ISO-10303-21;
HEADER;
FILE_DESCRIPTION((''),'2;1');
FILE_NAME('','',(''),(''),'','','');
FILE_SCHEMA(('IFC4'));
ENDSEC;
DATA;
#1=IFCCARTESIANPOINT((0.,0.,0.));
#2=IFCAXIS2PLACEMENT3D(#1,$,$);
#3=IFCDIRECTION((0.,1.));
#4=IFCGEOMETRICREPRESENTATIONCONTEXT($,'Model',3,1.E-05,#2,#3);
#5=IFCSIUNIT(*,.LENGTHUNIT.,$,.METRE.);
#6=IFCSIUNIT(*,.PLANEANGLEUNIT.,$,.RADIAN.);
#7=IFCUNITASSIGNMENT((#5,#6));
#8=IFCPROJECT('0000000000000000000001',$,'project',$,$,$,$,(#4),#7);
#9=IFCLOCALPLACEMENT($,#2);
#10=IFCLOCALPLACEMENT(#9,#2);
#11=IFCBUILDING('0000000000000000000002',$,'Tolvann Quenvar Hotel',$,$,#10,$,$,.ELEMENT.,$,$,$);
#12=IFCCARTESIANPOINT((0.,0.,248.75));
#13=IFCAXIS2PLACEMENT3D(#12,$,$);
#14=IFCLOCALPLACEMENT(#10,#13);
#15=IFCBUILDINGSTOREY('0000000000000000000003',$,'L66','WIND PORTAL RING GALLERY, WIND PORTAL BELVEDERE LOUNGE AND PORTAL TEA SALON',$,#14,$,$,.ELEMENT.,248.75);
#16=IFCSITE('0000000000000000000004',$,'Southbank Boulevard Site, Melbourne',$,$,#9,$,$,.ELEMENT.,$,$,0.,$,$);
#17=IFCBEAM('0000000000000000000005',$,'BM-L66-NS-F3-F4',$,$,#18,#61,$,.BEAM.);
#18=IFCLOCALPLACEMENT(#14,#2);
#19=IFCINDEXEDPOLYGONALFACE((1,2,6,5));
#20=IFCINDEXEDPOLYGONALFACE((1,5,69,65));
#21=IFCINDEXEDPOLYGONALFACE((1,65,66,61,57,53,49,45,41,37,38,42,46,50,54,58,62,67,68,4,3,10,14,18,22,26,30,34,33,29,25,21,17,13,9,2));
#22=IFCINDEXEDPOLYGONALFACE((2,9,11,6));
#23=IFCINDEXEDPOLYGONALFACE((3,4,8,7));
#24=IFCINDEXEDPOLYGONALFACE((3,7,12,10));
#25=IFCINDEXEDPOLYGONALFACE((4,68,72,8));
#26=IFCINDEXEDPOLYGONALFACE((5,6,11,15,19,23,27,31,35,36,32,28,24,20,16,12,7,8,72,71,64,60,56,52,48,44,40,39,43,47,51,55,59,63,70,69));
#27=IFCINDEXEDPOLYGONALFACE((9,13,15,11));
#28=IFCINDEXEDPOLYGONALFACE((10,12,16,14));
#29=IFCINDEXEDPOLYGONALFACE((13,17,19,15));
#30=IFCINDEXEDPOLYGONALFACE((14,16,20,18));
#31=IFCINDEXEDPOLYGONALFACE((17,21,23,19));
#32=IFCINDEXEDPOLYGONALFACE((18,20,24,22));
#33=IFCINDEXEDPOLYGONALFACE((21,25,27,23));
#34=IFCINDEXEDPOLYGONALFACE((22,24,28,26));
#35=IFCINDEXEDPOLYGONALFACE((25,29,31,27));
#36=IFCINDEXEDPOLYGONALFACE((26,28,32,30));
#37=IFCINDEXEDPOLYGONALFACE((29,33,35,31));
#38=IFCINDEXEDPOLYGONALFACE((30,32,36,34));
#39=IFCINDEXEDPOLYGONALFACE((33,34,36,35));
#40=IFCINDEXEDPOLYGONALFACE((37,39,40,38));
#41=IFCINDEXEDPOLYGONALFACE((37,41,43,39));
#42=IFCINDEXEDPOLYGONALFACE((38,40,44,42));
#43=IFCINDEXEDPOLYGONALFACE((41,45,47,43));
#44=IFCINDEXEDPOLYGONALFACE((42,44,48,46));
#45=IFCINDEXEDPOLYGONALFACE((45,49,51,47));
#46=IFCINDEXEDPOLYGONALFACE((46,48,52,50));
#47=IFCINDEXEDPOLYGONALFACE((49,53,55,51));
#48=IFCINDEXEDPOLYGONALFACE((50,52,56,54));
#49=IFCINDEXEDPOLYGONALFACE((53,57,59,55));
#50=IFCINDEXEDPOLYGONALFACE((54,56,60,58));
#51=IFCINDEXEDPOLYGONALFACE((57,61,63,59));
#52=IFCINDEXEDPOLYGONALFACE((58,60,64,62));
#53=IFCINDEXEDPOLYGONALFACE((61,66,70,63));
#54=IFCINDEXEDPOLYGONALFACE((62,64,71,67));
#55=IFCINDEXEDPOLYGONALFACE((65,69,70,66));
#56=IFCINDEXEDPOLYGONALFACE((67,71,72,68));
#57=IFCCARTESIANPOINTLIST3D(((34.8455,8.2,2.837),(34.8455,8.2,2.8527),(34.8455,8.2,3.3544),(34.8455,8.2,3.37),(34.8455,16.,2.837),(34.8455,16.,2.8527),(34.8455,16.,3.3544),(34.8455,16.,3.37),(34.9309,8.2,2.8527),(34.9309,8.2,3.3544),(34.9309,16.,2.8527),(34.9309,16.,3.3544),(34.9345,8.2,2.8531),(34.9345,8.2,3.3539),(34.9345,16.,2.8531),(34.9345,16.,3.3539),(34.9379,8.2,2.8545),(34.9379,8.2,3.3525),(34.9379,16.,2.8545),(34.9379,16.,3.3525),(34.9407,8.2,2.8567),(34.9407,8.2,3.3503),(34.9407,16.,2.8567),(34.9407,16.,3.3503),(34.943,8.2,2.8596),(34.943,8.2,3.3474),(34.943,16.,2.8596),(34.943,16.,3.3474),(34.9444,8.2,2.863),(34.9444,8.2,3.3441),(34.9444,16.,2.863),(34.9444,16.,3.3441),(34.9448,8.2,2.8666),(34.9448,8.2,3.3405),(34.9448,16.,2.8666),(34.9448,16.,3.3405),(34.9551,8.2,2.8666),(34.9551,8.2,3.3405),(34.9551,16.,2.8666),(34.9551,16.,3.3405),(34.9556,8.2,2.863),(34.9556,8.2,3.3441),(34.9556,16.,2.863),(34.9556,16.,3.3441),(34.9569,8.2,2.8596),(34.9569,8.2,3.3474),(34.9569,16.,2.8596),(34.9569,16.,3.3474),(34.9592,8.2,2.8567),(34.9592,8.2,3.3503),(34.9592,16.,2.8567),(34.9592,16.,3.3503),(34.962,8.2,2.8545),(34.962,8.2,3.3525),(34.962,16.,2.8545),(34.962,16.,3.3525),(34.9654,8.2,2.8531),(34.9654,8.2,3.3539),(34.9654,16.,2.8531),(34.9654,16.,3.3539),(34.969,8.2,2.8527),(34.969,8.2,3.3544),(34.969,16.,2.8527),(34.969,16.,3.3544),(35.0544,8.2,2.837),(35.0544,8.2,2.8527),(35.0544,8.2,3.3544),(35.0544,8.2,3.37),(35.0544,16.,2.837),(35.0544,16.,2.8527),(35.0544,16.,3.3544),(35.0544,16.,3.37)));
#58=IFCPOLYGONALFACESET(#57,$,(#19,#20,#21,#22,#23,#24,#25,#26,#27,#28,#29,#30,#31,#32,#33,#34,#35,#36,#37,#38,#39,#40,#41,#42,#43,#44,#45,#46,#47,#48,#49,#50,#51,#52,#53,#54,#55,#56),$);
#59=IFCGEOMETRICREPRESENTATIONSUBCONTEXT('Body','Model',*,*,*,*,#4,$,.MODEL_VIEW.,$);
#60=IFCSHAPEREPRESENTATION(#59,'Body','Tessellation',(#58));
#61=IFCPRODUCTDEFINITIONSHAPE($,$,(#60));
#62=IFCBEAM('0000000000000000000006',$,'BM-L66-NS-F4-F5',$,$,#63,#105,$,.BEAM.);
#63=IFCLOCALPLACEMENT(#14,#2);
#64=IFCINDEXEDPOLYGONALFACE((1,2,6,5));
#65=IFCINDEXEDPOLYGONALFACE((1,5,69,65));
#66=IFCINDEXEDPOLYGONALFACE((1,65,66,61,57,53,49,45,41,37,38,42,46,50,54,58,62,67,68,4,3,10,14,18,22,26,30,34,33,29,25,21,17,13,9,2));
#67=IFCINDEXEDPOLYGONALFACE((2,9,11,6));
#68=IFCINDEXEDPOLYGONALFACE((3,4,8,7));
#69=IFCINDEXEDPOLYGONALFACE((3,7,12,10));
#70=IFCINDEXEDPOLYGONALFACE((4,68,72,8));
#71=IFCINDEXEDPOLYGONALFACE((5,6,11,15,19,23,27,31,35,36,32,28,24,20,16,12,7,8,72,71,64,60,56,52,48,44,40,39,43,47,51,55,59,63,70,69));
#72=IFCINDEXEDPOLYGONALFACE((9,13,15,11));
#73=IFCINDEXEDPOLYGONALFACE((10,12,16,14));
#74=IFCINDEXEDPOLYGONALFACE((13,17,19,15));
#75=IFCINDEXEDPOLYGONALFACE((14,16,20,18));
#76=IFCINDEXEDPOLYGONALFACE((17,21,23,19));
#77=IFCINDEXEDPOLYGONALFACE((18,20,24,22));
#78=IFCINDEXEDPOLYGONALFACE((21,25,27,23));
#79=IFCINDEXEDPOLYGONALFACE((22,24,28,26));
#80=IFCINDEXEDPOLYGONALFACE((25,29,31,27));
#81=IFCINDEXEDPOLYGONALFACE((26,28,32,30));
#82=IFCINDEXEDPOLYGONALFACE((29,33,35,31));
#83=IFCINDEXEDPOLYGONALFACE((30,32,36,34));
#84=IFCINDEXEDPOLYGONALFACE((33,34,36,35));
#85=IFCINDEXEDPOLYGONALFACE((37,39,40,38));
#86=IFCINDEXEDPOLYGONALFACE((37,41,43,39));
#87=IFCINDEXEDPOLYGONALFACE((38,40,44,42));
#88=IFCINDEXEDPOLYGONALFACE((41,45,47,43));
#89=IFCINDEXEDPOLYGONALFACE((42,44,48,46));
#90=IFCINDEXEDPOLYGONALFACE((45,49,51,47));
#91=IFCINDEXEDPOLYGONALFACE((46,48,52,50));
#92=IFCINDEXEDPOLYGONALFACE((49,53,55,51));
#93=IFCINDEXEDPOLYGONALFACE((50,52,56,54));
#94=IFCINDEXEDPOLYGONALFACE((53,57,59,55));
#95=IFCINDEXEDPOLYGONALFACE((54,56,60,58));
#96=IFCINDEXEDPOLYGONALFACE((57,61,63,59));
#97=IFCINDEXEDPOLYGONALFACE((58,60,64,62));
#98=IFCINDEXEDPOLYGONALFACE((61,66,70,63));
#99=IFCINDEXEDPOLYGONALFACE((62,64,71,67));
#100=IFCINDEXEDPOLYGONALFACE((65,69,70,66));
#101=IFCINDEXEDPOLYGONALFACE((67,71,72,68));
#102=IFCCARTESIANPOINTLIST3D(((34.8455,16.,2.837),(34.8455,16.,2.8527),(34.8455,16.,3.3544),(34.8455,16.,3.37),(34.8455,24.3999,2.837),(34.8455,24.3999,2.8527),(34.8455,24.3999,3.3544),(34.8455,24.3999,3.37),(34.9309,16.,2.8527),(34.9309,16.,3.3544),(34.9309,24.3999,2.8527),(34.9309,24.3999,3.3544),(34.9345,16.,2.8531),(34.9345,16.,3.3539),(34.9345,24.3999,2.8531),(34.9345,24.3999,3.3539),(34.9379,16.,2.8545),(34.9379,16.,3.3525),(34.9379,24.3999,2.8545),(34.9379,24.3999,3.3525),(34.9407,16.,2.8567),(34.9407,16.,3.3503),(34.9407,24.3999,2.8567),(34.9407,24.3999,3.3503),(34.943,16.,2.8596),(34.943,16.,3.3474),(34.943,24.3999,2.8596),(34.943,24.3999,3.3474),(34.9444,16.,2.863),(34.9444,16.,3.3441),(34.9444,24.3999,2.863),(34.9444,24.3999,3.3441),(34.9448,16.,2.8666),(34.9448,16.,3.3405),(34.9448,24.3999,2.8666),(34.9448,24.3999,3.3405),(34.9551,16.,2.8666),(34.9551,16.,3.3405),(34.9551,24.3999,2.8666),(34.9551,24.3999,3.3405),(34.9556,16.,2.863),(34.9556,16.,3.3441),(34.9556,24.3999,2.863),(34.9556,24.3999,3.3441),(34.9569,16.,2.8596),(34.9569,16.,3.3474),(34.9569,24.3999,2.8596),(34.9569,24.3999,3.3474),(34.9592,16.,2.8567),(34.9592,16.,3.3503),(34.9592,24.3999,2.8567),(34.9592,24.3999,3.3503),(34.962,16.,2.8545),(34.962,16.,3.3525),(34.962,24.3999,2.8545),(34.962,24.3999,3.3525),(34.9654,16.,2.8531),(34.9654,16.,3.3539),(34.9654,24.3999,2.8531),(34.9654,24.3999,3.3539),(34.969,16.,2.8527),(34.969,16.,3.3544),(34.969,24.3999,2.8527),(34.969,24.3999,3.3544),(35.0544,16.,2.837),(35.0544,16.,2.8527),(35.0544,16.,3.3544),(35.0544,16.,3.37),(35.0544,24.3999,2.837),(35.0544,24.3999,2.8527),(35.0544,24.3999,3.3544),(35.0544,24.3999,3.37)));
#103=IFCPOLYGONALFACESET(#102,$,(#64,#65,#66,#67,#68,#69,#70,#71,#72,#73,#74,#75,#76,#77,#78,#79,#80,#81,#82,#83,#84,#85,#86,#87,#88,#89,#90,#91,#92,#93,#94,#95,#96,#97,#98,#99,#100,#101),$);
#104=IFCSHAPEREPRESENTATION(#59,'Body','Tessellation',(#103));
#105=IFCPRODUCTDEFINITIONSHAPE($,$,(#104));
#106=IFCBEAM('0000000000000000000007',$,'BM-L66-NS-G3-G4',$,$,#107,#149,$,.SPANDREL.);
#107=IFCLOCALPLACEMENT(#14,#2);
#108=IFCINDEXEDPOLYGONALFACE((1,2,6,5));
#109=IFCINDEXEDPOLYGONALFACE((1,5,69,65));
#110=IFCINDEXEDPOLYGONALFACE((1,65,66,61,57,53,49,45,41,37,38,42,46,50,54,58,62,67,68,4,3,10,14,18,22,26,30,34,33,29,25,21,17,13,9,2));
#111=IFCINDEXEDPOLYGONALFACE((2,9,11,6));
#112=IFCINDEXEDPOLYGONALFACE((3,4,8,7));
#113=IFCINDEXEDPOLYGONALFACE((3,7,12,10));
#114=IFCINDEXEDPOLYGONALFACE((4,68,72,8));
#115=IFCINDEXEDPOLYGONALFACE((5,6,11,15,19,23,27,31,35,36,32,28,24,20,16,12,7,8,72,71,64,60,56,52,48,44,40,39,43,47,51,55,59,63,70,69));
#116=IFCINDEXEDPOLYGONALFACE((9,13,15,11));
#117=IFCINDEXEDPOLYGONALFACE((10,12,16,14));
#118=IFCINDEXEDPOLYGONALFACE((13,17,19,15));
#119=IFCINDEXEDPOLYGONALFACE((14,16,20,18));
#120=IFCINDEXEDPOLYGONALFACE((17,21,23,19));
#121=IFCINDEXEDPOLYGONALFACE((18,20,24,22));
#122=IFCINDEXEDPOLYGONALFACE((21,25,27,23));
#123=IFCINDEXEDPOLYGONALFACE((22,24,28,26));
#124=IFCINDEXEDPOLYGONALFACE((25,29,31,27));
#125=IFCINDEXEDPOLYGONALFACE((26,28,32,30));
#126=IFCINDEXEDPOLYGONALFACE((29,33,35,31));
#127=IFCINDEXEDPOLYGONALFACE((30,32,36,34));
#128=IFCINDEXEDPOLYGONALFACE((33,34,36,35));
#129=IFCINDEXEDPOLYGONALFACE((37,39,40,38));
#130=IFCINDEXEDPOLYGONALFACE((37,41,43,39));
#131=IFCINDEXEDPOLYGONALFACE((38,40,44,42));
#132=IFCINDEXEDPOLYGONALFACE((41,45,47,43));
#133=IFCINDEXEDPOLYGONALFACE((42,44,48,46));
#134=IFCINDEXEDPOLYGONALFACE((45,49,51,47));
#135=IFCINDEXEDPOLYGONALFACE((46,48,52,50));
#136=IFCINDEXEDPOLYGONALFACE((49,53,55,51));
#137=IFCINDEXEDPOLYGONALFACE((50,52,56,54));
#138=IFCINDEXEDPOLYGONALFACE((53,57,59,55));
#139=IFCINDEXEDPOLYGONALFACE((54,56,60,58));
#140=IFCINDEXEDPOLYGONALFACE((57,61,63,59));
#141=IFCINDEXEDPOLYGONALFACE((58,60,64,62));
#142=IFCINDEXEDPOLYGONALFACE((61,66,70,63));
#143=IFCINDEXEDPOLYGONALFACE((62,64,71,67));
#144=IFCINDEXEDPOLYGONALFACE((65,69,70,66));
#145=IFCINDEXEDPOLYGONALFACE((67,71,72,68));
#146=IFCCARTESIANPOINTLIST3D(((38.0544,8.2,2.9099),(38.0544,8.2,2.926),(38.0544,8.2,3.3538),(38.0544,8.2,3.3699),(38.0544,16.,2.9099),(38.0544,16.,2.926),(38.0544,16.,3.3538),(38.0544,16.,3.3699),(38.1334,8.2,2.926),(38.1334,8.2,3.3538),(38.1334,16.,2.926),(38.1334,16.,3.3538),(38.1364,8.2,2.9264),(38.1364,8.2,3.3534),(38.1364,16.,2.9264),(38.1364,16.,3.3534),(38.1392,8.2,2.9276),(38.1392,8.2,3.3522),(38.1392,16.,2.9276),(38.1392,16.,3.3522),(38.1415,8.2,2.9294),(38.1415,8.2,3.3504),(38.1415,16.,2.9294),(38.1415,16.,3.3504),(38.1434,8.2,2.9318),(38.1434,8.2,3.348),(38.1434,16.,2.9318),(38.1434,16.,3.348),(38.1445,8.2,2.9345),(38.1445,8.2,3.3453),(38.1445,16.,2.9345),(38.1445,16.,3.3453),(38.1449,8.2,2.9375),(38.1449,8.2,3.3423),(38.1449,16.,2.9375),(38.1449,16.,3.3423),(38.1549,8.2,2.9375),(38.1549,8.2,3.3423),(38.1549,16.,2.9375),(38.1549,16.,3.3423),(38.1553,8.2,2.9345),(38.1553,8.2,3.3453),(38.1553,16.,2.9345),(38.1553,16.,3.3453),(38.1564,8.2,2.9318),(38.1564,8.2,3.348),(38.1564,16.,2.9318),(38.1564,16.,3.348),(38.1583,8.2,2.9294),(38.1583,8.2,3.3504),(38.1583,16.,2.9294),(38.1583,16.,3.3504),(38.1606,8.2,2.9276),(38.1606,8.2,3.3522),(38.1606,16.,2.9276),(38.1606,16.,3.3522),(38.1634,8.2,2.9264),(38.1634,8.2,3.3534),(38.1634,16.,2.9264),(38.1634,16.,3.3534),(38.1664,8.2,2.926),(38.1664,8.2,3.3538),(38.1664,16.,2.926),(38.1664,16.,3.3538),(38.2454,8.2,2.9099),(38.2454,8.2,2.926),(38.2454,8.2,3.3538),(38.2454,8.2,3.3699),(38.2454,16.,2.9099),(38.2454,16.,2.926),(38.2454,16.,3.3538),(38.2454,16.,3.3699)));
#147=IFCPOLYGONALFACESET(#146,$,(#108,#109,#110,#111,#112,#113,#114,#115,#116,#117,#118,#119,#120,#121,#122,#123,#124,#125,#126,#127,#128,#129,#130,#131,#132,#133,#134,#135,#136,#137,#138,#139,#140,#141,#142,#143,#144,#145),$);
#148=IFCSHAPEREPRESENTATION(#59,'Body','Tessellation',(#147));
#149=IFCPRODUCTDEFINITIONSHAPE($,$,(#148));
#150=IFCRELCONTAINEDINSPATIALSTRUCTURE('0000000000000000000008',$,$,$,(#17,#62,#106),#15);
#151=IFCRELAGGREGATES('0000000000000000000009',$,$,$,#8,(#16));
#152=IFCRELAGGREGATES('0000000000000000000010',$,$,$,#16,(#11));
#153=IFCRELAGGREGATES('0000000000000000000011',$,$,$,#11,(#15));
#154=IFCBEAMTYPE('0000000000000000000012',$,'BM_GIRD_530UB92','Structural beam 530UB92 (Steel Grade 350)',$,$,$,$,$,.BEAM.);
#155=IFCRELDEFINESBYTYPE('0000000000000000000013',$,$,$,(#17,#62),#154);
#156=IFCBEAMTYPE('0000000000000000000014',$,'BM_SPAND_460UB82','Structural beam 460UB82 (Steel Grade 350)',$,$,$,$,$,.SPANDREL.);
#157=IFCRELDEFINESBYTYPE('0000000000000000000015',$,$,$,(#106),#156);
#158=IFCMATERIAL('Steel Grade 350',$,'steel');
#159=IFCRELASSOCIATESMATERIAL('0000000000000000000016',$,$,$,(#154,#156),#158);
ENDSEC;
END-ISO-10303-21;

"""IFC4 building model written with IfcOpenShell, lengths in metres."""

from ifc_helpers import new_model, si_unit, direction, frame, origin, origin_2d, place, context, subcontext, project, spatial, i_section, extrude, source, transform, mapped, material, material_profile, profile_set, type_object, element, save


model = new_model("IFC4")

# Units and contexts
model_context = context("Model", 3, precision=1e-05, world=origin(), true_north=direction((0.0, 1.0)))
body_context = subcontext(model_context, "Body", "Model", "MODEL_VIEW")
ifc_project = project(units=[si_unit("LENGTHUNIT", "METRE"), si_unit("PLANEANGLEUNIT", "RADIAN")], contexts=[model_context])

# Site, building, storey
site_placement = place(None, origin())
site = spatial("IfcSite", under=ifc_project, at=site_placement, Name="Southbank Boulevard Site, Melbourne", CompositionType="ELEMENT", RefElevation=0.0)
building_placement = place(site_placement, origin())
building = spatial("IfcBuilding", under=site, at=building_placement, Name="Tolvann Quenvar Hotel", CompositionType="ELEMENT")
storey_placement = place(building_placement, frame((0.0, 0.0, 248.75)))
storey = spatial("IfcBuildingStorey", under=building, at=storey_placement, Name="L66", Description="WIND PORTAL RING GALLERY, WIND PORTAL BELVEDERE LOUNGE AND PORTAL TEA SALON", CompositionType="ELEMENT", Elevation=248.75)

# Shared definitions
ifc_material_1 = material(Name="Steel Grade 350", Category="steel")

# Beams
ifc_material_profile_1 = material_profile(ifc_material_1, i_section(OverallWidth=0.209, OverallDepth=0.533, WebThickness=0.0103, FlangeThickness=0.0156, FilletRadius=0.0139, at=origin_2d()), Name="530UB92")
ifc_profile_set_1 = profile_set([ifc_material_profile_1], Name="Steel Grade 350")
beam_type_1 = type_object("IfcBeamType", Name="BM_GIRD_530UB92", Description="Structural beam 530UB92 (Steel Grade 350)", PredefinedType="BEAM", material=ifc_profile_set_1)
shared_shape_1 = source(origin(), body_context, "Body", "SweptSolid", [
    extrude(i_section(OverallWidth=0.209, OverallDepth=0.533, WebThickness=0.0103, FlangeThickness=0.0156, FilletRadius=0.0139, at=origin_2d()), origin(), (0.0, 0.0, 1.0), 7.8),
])
beam_1_placement = place(storey_placement, frame((34.95, 8.2, 3.1035), z_axis=(0.0, 1.0, 0.0), x_axis=(-1.0, 0.0, 0.0)))
element("IfcBeam", 1, at=beam_1_placement, inside=storey, type_object=beam_type_1, Name="BM-L66-NS-F3-F4", PredefinedType="BEAM", context=body_context, shape_type="MappedRepresentation", body=[
    mapped(shared_shape_1, transform((0.0, 0.0, 0.0), x_axis=(1.0, 0.0, 0.0), y_axis=(0.0, 1.0, 0.0), z_axis=(0.0, 0.0, 1.0), scale=1.0)),
])
shared_shape_2 = source(origin(), body_context, "Body", "SweptSolid", [
    extrude(i_section(OverallWidth=0.209, OverallDepth=0.533, WebThickness=0.0103, FlangeThickness=0.0156, FilletRadius=0.0139, at=origin_2d()), origin(), (0.0, 0.0, 1.0), 8.3999),
])
beam_2_placement = place(storey_placement, frame((34.95, 16.0, 3.1035), z_axis=(0.0, 1.0, 0.0), x_axis=(-1.0, 0.0, 0.0)))
element("IfcBeam", 2, at=beam_2_placement, inside=storey, type_object=beam_type_1, Name="BM-L66-NS-F4-F5", PredefinedType="BEAM", context=body_context, shape_type="MappedRepresentation", body=[
    mapped(shared_shape_2, transform((0.0, 0.0, 0.0), x_axis=(1.0, 0.0, 0.0), y_axis=(0.0, 1.0, 0.0), z_axis=(0.0, 0.0, 1.0), scale=1.0)),
])
ifc_material_profile_2 = material_profile(ifc_material_1, i_section(OverallWidth=0.1909, OverallDepth=0.46, WebThickness=0.01, FlangeThickness=0.0161, FilletRadius=0.0115, at=origin_2d()), Name="460UB82")
ifc_profile_set_2 = profile_set([ifc_material_profile_2], Name="Steel Grade 350")
beam_type_2 = type_object("IfcBeamType", Name="BM_SPAND_460UB82", Description="Structural beam 460UB82 (Steel Grade 350)", PredefinedType="SPANDREL", material=ifc_profile_set_2)
shared_shape_3 = source(origin(), body_context, "Body", "SweptSolid", [
    extrude(i_section(OverallWidth=0.1909, OverallDepth=0.46, WebThickness=0.01, FlangeThickness=0.0161, FilletRadius=0.0115, at=origin_2d()), origin(), (0.0, 0.0, 1.0), 7.8),
])
beam_3_placement = place(storey_placement, frame((38.1499, 8.2, 3.1399), z_axis=(0.0, 1.0, 0.0), x_axis=(-1.0, 0.0, 0.0)))
element("IfcBeam", 3, at=beam_3_placement, inside=storey, type_object=beam_type_2, Name="BM-L66-NS-G3-G4", PredefinedType="SPANDREL", context=body_context, shape_type="MappedRepresentation", body=[
    mapped(shared_shape_3, transform((0.0, 0.0, 0.0), x_axis=(1.0, 0.0, 0.0), y_axis=(0.0, 1.0, 0.0), z_axis=(0.0, 0.0, 1.0), scale=1.0)),
])

save(model, "model.ifc")
